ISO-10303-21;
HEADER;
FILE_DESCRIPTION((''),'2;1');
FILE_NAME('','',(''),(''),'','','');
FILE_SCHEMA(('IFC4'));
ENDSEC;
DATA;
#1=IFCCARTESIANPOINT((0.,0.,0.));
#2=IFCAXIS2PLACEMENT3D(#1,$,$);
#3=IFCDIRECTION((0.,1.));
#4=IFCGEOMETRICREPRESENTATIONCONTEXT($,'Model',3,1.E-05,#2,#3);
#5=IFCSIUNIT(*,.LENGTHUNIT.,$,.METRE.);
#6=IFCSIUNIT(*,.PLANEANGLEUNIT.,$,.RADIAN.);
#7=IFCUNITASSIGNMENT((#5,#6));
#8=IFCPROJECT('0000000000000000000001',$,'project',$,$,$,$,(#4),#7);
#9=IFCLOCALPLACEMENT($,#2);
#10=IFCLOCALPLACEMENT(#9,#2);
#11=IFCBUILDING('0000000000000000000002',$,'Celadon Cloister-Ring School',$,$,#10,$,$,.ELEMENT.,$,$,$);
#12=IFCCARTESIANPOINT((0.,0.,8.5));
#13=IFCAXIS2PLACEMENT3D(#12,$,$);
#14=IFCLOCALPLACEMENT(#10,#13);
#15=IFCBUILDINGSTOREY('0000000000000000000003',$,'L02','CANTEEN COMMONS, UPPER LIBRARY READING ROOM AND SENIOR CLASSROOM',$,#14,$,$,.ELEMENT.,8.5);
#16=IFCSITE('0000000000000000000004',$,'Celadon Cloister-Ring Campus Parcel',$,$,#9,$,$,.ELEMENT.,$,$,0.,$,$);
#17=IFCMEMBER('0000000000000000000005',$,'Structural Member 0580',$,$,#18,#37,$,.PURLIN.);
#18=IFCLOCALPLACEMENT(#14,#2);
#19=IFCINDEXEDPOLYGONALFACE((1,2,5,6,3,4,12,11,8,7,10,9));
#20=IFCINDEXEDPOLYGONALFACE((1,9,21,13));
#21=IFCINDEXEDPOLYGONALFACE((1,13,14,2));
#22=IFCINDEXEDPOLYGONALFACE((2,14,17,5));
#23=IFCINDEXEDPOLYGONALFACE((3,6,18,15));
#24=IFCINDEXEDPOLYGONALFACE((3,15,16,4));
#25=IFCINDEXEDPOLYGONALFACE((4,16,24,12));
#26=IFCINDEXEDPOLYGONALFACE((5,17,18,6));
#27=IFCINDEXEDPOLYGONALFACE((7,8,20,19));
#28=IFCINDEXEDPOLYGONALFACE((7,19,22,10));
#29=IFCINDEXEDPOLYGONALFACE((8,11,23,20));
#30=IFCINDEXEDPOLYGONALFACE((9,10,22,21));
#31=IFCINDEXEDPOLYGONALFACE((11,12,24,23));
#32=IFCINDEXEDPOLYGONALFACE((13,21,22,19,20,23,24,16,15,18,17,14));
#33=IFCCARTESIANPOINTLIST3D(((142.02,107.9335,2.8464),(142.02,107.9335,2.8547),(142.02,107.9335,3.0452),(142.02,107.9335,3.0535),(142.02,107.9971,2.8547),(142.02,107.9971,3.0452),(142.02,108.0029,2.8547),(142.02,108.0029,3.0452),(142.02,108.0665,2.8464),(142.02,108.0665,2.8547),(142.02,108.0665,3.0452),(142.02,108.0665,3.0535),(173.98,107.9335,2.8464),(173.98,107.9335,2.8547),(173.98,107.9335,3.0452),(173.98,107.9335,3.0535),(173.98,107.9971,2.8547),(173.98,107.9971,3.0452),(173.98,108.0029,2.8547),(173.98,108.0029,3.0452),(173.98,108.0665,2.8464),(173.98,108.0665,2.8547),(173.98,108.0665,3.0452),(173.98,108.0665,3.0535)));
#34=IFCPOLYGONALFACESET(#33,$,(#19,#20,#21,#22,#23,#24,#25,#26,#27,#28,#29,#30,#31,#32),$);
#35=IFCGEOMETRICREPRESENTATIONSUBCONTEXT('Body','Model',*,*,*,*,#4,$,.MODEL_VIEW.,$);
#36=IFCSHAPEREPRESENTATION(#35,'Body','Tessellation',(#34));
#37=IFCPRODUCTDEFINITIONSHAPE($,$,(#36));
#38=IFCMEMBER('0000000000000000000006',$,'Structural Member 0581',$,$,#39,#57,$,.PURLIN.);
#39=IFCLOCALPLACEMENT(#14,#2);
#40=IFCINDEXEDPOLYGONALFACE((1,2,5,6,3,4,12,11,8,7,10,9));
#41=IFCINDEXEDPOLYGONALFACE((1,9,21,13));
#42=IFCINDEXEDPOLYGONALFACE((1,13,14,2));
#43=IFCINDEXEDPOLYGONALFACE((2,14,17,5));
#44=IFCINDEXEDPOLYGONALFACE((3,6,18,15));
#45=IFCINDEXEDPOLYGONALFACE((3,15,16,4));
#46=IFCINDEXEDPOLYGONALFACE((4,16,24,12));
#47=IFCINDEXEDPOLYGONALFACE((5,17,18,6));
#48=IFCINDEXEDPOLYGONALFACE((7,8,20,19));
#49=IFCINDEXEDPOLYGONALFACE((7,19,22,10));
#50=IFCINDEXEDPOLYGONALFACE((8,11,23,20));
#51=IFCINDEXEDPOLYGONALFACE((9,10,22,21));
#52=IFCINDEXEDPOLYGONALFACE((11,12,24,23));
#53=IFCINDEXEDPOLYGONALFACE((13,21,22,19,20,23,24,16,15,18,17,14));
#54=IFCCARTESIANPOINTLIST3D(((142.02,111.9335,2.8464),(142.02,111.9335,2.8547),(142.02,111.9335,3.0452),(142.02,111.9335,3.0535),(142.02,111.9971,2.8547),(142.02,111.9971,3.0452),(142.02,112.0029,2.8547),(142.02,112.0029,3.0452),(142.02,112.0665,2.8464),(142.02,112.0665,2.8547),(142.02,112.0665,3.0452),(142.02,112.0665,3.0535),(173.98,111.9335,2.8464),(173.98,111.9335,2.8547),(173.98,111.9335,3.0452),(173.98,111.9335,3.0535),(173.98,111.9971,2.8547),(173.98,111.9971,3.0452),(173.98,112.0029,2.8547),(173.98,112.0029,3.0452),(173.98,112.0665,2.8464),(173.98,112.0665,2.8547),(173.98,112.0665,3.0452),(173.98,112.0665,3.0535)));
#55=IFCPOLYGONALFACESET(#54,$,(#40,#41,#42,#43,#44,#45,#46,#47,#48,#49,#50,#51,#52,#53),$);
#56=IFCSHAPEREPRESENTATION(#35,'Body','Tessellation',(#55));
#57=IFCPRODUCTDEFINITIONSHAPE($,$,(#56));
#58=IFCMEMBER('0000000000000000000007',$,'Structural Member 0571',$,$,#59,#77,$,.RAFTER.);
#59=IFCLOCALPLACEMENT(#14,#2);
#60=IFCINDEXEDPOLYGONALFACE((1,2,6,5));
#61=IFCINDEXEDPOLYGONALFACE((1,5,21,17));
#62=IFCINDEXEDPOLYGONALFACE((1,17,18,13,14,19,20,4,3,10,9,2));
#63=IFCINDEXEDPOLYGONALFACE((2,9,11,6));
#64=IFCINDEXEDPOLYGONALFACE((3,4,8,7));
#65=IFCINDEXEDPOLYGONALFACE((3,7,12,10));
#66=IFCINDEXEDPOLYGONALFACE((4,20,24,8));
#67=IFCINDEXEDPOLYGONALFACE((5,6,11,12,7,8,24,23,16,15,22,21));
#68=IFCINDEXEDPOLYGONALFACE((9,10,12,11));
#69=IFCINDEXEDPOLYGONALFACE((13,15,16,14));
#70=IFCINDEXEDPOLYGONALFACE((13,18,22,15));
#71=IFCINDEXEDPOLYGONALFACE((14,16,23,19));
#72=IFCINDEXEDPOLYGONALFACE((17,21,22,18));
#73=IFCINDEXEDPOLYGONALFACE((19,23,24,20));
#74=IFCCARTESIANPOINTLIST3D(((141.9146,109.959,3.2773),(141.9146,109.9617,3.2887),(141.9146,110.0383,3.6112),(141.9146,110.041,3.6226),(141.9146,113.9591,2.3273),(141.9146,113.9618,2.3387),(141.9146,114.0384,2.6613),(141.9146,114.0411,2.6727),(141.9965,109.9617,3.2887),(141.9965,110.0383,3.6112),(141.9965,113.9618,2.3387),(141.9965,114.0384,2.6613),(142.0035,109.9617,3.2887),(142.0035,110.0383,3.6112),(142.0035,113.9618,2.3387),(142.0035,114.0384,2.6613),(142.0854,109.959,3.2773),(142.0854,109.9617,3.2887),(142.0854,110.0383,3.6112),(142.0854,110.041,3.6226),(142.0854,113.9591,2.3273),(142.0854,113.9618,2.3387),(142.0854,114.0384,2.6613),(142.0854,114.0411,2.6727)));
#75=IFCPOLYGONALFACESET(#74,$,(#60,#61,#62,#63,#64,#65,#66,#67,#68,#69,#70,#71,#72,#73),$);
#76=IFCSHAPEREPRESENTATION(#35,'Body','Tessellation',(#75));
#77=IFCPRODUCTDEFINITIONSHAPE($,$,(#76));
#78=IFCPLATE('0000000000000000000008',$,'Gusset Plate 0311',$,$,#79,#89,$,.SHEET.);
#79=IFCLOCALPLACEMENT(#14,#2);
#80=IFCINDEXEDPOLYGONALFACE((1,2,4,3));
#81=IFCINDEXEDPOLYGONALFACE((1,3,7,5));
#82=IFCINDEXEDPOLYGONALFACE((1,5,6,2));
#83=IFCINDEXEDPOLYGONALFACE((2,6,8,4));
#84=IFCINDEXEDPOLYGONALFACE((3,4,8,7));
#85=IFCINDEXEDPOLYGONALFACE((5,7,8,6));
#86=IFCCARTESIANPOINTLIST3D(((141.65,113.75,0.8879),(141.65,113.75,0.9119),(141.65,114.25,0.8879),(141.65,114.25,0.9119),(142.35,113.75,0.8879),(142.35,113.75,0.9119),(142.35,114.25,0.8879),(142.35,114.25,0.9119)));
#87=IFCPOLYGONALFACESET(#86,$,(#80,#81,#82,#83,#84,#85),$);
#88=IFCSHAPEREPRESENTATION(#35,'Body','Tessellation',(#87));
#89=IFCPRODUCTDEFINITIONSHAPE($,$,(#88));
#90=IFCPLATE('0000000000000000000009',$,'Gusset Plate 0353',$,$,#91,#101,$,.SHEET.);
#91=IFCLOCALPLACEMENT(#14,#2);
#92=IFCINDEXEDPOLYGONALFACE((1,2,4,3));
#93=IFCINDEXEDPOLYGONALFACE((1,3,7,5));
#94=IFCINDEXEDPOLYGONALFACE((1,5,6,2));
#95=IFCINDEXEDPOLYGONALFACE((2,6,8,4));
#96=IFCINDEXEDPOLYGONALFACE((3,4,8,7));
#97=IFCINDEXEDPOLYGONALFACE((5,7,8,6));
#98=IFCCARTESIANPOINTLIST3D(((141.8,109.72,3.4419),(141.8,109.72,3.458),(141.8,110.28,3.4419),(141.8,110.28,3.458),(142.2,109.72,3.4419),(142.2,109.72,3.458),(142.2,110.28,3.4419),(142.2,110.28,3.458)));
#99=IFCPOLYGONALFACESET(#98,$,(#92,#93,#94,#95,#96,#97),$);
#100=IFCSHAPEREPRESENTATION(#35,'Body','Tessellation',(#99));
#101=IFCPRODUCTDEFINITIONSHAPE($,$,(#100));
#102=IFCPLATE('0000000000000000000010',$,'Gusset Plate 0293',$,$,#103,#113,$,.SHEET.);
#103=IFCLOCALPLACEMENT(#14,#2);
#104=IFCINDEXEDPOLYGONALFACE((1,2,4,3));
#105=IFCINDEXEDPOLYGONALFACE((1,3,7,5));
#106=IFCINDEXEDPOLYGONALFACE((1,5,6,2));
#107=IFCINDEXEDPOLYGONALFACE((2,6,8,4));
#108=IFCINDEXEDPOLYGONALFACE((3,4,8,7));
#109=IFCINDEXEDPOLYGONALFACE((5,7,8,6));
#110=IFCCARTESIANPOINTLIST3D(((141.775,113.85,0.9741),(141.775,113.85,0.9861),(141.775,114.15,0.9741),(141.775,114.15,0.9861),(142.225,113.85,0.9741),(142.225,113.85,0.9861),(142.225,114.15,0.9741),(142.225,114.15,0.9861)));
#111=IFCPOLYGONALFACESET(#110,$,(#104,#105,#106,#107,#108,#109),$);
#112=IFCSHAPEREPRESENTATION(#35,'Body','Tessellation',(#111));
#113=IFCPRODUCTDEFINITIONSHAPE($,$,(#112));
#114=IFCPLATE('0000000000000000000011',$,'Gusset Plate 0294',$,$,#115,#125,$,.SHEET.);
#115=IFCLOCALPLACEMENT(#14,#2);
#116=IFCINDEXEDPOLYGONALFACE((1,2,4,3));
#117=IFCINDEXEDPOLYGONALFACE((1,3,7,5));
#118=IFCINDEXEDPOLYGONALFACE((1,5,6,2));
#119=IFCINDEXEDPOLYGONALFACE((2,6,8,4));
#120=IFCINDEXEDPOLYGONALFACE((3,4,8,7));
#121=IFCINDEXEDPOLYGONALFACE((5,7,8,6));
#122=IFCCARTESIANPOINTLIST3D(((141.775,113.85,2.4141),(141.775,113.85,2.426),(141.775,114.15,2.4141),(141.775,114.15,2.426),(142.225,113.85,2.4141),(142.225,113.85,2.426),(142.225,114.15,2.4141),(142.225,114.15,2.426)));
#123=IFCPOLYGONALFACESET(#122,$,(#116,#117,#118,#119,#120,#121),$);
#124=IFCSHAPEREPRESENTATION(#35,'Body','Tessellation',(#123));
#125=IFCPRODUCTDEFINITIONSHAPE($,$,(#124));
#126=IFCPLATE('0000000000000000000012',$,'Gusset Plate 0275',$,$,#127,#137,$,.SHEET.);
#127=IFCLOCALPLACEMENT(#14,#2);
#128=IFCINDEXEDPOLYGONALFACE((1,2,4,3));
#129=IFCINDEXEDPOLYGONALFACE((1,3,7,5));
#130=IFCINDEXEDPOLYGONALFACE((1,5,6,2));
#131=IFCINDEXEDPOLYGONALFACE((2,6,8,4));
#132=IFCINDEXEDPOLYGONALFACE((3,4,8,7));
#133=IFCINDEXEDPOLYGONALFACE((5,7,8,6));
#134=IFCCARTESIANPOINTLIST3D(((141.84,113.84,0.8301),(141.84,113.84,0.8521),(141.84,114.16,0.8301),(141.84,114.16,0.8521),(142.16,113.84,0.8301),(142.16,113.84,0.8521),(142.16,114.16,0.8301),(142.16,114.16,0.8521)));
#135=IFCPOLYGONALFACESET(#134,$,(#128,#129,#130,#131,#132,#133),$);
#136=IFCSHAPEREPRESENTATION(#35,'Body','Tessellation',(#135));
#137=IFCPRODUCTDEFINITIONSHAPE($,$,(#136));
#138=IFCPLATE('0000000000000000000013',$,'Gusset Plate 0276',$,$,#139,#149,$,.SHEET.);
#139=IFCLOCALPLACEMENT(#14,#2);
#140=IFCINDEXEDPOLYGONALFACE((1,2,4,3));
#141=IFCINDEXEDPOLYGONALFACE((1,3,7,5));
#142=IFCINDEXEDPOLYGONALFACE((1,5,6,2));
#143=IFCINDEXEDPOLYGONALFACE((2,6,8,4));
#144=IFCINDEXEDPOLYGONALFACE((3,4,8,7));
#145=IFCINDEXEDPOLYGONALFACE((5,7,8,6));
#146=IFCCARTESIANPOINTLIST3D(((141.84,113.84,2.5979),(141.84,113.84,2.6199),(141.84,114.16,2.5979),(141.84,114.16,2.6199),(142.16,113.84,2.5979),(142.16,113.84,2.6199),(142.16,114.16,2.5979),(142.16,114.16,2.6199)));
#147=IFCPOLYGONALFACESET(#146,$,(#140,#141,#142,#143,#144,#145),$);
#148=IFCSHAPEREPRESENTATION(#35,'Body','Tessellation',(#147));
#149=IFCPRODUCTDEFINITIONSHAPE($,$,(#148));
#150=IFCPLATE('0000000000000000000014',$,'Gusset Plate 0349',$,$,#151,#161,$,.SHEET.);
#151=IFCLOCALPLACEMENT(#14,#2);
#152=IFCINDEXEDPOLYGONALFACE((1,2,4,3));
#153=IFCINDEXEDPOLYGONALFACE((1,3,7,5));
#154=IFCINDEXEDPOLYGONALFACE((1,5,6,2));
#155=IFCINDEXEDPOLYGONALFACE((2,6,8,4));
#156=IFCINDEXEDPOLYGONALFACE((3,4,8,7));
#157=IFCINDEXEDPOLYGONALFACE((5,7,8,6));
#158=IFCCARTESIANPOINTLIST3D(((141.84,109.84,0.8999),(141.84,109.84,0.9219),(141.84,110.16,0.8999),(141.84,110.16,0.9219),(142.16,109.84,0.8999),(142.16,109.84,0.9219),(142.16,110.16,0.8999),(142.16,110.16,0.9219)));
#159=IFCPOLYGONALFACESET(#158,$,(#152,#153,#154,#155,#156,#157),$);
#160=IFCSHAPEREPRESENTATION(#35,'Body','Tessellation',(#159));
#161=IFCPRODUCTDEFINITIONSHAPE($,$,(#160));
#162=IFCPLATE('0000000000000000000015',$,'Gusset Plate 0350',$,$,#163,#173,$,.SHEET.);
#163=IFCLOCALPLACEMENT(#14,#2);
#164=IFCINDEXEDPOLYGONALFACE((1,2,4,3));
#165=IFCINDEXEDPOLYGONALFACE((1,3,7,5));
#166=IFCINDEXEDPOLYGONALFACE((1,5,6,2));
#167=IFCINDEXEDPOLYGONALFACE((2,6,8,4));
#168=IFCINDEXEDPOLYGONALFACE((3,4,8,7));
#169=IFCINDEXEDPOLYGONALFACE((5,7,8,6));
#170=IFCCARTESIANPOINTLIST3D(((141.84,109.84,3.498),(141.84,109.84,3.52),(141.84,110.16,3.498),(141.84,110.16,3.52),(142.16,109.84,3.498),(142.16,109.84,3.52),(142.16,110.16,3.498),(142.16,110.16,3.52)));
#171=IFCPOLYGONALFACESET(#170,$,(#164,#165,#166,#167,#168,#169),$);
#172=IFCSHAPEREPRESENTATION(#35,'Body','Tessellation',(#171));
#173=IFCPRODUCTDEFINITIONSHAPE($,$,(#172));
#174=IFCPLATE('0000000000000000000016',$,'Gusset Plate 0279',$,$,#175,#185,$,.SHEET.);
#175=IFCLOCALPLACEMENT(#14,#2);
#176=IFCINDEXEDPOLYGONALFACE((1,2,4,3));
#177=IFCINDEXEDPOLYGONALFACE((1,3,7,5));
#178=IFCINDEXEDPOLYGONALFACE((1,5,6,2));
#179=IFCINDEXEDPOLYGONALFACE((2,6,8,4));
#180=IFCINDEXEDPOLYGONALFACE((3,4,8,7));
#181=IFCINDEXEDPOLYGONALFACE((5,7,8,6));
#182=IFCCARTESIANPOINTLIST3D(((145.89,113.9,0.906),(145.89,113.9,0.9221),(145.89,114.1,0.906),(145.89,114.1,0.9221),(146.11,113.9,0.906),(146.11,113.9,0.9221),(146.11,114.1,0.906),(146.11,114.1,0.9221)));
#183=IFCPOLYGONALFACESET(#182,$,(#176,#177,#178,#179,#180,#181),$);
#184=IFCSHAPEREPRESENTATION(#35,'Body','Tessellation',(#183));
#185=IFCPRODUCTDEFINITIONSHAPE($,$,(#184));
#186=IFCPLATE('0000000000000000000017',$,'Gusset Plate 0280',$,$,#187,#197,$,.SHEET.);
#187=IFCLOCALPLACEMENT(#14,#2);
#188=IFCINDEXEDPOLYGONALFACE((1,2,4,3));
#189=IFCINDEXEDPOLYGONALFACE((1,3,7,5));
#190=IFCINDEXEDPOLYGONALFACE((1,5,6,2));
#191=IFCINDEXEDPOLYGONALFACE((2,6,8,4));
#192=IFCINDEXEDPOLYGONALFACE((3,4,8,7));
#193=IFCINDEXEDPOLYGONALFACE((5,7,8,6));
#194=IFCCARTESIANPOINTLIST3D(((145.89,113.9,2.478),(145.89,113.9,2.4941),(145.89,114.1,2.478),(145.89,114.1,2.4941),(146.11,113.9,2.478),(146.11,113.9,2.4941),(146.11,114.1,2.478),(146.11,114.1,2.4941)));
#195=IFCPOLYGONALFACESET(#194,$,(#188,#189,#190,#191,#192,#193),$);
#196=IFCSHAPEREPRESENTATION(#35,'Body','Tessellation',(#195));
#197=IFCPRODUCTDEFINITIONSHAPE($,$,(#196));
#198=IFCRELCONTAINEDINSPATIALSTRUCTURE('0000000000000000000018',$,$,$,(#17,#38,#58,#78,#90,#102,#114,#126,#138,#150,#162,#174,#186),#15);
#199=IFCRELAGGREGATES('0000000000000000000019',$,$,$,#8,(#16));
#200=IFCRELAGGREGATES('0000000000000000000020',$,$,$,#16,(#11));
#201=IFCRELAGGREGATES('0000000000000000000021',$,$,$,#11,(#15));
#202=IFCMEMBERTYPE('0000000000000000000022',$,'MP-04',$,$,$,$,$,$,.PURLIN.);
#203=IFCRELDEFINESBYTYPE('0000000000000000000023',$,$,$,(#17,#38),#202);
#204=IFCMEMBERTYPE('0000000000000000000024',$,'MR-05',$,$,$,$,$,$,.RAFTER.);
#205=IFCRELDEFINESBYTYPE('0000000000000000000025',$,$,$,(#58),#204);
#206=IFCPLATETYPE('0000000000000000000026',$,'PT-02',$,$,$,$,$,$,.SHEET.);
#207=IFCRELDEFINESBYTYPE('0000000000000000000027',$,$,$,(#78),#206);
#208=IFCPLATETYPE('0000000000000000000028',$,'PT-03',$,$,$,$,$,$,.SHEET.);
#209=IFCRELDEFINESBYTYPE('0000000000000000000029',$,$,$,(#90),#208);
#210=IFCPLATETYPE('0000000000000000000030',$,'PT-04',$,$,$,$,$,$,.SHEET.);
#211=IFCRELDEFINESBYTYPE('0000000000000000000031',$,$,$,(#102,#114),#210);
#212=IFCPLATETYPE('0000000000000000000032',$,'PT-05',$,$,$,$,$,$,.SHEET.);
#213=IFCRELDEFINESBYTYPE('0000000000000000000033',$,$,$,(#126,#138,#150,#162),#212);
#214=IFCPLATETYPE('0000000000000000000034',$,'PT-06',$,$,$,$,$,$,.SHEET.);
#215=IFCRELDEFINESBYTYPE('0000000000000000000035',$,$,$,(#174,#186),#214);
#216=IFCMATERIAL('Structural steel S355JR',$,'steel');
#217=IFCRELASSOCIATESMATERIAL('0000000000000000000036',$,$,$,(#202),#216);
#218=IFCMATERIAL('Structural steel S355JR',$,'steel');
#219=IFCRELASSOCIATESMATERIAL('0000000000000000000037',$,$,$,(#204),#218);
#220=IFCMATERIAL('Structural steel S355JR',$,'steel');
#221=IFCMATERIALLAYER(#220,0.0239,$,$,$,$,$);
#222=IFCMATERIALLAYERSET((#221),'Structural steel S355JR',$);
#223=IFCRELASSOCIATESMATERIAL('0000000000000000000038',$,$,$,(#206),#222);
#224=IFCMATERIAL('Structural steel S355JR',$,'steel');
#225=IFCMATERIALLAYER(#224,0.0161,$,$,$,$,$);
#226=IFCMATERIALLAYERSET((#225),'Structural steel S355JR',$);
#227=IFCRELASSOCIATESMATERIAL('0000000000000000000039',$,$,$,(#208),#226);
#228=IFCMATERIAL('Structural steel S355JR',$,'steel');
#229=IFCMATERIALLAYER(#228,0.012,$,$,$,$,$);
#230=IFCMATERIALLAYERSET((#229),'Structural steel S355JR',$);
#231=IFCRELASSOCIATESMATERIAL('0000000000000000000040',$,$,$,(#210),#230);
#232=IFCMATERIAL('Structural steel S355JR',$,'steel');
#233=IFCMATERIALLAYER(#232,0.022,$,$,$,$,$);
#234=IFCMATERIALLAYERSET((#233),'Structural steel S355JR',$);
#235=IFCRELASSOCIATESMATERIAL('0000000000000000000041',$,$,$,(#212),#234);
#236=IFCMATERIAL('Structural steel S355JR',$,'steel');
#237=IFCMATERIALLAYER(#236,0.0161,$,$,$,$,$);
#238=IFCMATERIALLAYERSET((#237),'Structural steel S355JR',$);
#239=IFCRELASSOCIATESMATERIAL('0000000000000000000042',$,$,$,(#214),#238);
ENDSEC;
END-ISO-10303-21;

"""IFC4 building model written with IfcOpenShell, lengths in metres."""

from ifc_helpers import new_model, si_unit, direction, frame, origin, origin_2d, place, context, subcontext, project, spatial, rectangle, i_section, extrude, material, layer, layer_set, material_profile, profile_set, type_object, element, save


model = new_model("IFC4")

# Units and contexts
model_context = context("Model", 3, precision=1e-05, world=origin(), true_north=direction((0.0, 1.0)))
body_context = subcontext(model_context, "Body", "Model", "MODEL_VIEW")
ifc_project = project(units=[si_unit("LENGTHUNIT", "METRE"), si_unit("PLANEANGLEUNIT", "RADIAN")], contexts=[model_context])

# Site, building, storey
site_placement = place(None, origin())
site = spatial("IfcSite", under=ifc_project, at=site_placement, Name="Celadon Cloister-Ring Campus Parcel", CompositionType="ELEMENT", RefElevation=0.0)
building_placement = place(site_placement, origin())
building = spatial("IfcBuilding", under=site, at=building_placement, Name="Celadon Cloister-Ring School", CompositionType="ELEMENT")
storey_placement = place(building_placement, frame((0.0, 0.0, 8.5)))
storey = spatial("IfcBuildingStorey", under=building, at=storey_placement, Name="L02", Description="CANTEEN COMMONS, UPPER LIBRARY READING ROOM AND SENIOR CLASSROOM", CompositionType="ELEMENT", Elevation=8.5)

# Members
ifc_material_1 = material(Name="Structural steel S355JR", Category="steel")
ifc_material_profile_1 = material_profile(ifc_material_1, i_section(OverallWidth=0.1331, OverallDepth=0.207, WebThickness=0.0059, FlangeThickness=0.0083, at=origin_2d()), Name="W200X27")
ifc_profile_set_1 = profile_set([ifc_material_profile_1], Name="Structural steel S355JR")
member_type_1 = type_object("IfcMemberType", Name="MP-04", PredefinedType="PURLIN", material=ifc_profile_set_1)
for number, where, z_axis, x_axis, name in (
    (1, (142.02, 108.0, 2.95), (1.0, 0.0, 0.0), (0.0, 1.0, 0.0), "Structural Member 0580"),
    (2, (142.02, 112.0, 2.95), (1.0, 0.0, 0.0), (0.0, 1.0, 0.0), "Structural Member 0581"),
):
    element("IfcMember", number, at=place(storey_placement, frame(where, z_axis=z_axis, x_axis=x_axis)), inside=storey, type_object=member_type_1, Name=name, PredefinedType="PURLIN", context=body_context, shape_type="SweptSolid", body=[
        extrude(i_section(OverallWidth=0.1331, OverallDepth=0.207, WebThickness=0.0059, FlangeThickness=0.0083, at=origin_2d()), origin(), (0.0, 0.0, 1.0), 31.96),
    ])
ifc_material_2 = material(Name="Structural steel S355JR", Category="steel")
ifc_material_profile_2 = material_profile(ifc_material_2, i_section(OverallWidth=0.1709, OverallDepth=0.355, WebThickness=0.0071, FlangeThickness=0.0117, at=origin_2d()), Name="W360X51")
ifc_profile_set_2 = profile_set([ifc_material_profile_2], Name="Structural steel S355JR")
member_type_2 = type_object("IfcMemberType", Name="MR-05", PredefinedType="RAFTER", material=ifc_profile_set_2)
member_1_placement = place(storey_placement, frame((142.0, 110.0, 3.45), z_axis=(0.0, 0.972939, -0.231061), x_axis=(-1.0, 0.0, 0.0)))
element("IfcMember", 3, at=member_1_placement, inside=storey, type_object=member_type_2, Name="Structural Member 0571", PredefinedType="RAFTER", context=body_context, shape_type="SweptSolid", body=[
    extrude(i_section(OverallWidth=0.1709, OverallDepth=0.355, WebThickness=0.0071, FlangeThickness=0.0117, at=origin_2d()), origin(), (0.0, 0.0, 1.0), 4.1113),
])

# Plates
ifc_material_3 = material(Name="Structural steel S355JR", Category="steel")
ifc_layer_1 = layer(ifc_material_3, 0.0239)
ifc_layer_set_1 = layer_set([ifc_layer_1], Name="Structural steel S355JR")
plate_type_1 = type_object("IfcPlateType", Name="PT-02", PredefinedType="SHEET", material=ifc_layer_set_1)
plate_1_placement = place(storey_placement, frame((142.0, 114.0, 0.8879), z_axis=(0.0, 0.0, 1.0), x_axis=(1.0, 0.0, 0.0)))
element("IfcPlate", 4, at=plate_1_placement, inside=storey, type_object=plate_type_1, Name="Gusset Plate 0311", PredefinedType="SHEET", context=body_context, shape_type="SweptSolid", body=[
    extrude(rectangle(XDim=0.7, YDim=0.5, at=origin_2d()), origin(), (0.0, 0.0, 1.0), 0.0239),
])
ifc_material_4 = material(Name="Structural steel S355JR", Category="steel")
ifc_layer_2 = layer(ifc_material_4, 0.0161)
ifc_layer_set_2 = layer_set([ifc_layer_2], Name="Structural steel S355JR")
plate_type_2 = type_object("IfcPlateType", Name="PT-03", PredefinedType="SHEET", material=ifc_layer_set_2)
plate_2_placement = place(storey_placement, frame((142.0, 110.0, 3.4419), z_axis=(0.0, 0.0, 1.0), x_axis=(0.0, 1.0, 0.0)))
element("IfcPlate", 5, at=plate_2_placement, inside=storey, type_object=plate_type_2, Name="Gusset Plate 0353", PredefinedType="SHEET", context=body_context, shape_type="SweptSolid", body=[
    extrude(rectangle(XDim=0.5601, YDim=0.3999, at=origin_2d()), origin(), (0.0, 0.0, 1.0), 0.0161),
])
ifc_material_5 = material(Name="Structural steel S355JR", Category="steel")
ifc_layer_3 = layer(ifc_material_5, 0.012)
ifc_layer_set_3 = layer_set([ifc_layer_3], Name="Structural steel S355JR")
plate_type_3 = type_object("IfcPlateType", Name="PT-04", PredefinedType="SHEET", material=ifc_layer_set_3)
for number, where, z_axis, x_axis, name in (
    (6, (142.0, 114.0, 0.9741), (0.0, 0.0, 1.0), (1.0, 0.0, 0.0), "Gusset Plate 0293"),
    (7, (142.0, 114.0, 2.4141), (0.0, 0.0, 1.0), (1.0, 0.0, 0.0), "Gusset Plate 0294"),
):
    element("IfcPlate", number, at=place(storey_placement, frame(where, z_axis=z_axis, x_axis=x_axis)), inside=storey, type_object=plate_type_3, Name=name, PredefinedType="SHEET", context=body_context, shape_type="SweptSolid", body=[
        extrude(rectangle(XDim=0.45, YDim=0.3, at=origin_2d()), origin(), (0.0, 0.0, 1.0), 0.012),
    ])
ifc_material_6 = material(Name="Structural steel S355JR", Category="steel")
ifc_layer_4 = layer(ifc_material_6, 0.022)
ifc_layer_set_4 = layer_set([ifc_layer_4], Name="Structural steel S355JR")
plate_type_4 = type_object("IfcPlateType", Name="PT-05", PredefinedType="SHEET", material=ifc_layer_set_4)
for number, where, z_axis, x_axis, name in (
    (8, (142.0, 114.0, 0.8301), (0.0, 0.0, 1.0), (1.0, 0.0, 0.0), "Gusset Plate 0275"),
    (9, (142.0, 114.0, 2.5979), (0.0, 0.0, 1.0), (1.0, 0.0, 0.0), "Gusset Plate 0276"),
    (10, (142.0, 110.0, 0.8999), (0.0, 0.0, 1.0), (1.0, 0.0, 0.0), "Gusset Plate 0349"),
    (11, (142.0, 110.0, 3.498), (0.0, 0.0, 1.0), (1.0, 0.0, 0.0), "Gusset Plate 0350"),
):
    element("IfcPlate", number, at=place(storey_placement, frame(where, z_axis=z_axis, x_axis=x_axis)), inside=storey, type_object=plate_type_4, Name=name, PredefinedType="SHEET", context=body_context, shape_type="SweptSolid", body=[
        extrude(rectangle(XDim=0.3201, YDim=0.3201, at=origin_2d()), origin(), (0.0, 0.0, 1.0), 0.022),
    ])
ifc_material_7 = material(Name="Structural steel S355JR", Category="steel")
ifc_layer_5 = layer(ifc_material_7, 0.0161)
ifc_layer_set_5 = layer_set([ifc_layer_5], Name="Structural steel S355JR")
plate_type_5 = type_object("IfcPlateType", Name="PT-06", PredefinedType="SHEET", material=ifc_layer_set_5)
for number, where, z_axis, x_axis, name in (
    (12, (146.0, 114.0, 0.906), (0.0, 0.0, 1.0), (1.0, 0.0, 0.0), "Gusset Plate 0279"),
    (13, (146.0, 114.0, 2.478), (0.0, 0.0, 1.0), (1.0, 0.0, 0.0), "Gusset Plate 0280"),
):
    element("IfcPlate", number, at=place(storey_placement, frame(where, z_axis=z_axis, x_axis=x_axis)), inside=storey, type_object=plate_type_5, Name=name, PredefinedType="SHEET", context=body_context, shape_type="SweptSolid", body=[
        extrude(rectangle(XDim=0.22, YDim=0.2, at=origin_2d()), origin(), (0.0, 0.0, 1.0), 0.0161),
    ])

save(model, "model.ifc")
